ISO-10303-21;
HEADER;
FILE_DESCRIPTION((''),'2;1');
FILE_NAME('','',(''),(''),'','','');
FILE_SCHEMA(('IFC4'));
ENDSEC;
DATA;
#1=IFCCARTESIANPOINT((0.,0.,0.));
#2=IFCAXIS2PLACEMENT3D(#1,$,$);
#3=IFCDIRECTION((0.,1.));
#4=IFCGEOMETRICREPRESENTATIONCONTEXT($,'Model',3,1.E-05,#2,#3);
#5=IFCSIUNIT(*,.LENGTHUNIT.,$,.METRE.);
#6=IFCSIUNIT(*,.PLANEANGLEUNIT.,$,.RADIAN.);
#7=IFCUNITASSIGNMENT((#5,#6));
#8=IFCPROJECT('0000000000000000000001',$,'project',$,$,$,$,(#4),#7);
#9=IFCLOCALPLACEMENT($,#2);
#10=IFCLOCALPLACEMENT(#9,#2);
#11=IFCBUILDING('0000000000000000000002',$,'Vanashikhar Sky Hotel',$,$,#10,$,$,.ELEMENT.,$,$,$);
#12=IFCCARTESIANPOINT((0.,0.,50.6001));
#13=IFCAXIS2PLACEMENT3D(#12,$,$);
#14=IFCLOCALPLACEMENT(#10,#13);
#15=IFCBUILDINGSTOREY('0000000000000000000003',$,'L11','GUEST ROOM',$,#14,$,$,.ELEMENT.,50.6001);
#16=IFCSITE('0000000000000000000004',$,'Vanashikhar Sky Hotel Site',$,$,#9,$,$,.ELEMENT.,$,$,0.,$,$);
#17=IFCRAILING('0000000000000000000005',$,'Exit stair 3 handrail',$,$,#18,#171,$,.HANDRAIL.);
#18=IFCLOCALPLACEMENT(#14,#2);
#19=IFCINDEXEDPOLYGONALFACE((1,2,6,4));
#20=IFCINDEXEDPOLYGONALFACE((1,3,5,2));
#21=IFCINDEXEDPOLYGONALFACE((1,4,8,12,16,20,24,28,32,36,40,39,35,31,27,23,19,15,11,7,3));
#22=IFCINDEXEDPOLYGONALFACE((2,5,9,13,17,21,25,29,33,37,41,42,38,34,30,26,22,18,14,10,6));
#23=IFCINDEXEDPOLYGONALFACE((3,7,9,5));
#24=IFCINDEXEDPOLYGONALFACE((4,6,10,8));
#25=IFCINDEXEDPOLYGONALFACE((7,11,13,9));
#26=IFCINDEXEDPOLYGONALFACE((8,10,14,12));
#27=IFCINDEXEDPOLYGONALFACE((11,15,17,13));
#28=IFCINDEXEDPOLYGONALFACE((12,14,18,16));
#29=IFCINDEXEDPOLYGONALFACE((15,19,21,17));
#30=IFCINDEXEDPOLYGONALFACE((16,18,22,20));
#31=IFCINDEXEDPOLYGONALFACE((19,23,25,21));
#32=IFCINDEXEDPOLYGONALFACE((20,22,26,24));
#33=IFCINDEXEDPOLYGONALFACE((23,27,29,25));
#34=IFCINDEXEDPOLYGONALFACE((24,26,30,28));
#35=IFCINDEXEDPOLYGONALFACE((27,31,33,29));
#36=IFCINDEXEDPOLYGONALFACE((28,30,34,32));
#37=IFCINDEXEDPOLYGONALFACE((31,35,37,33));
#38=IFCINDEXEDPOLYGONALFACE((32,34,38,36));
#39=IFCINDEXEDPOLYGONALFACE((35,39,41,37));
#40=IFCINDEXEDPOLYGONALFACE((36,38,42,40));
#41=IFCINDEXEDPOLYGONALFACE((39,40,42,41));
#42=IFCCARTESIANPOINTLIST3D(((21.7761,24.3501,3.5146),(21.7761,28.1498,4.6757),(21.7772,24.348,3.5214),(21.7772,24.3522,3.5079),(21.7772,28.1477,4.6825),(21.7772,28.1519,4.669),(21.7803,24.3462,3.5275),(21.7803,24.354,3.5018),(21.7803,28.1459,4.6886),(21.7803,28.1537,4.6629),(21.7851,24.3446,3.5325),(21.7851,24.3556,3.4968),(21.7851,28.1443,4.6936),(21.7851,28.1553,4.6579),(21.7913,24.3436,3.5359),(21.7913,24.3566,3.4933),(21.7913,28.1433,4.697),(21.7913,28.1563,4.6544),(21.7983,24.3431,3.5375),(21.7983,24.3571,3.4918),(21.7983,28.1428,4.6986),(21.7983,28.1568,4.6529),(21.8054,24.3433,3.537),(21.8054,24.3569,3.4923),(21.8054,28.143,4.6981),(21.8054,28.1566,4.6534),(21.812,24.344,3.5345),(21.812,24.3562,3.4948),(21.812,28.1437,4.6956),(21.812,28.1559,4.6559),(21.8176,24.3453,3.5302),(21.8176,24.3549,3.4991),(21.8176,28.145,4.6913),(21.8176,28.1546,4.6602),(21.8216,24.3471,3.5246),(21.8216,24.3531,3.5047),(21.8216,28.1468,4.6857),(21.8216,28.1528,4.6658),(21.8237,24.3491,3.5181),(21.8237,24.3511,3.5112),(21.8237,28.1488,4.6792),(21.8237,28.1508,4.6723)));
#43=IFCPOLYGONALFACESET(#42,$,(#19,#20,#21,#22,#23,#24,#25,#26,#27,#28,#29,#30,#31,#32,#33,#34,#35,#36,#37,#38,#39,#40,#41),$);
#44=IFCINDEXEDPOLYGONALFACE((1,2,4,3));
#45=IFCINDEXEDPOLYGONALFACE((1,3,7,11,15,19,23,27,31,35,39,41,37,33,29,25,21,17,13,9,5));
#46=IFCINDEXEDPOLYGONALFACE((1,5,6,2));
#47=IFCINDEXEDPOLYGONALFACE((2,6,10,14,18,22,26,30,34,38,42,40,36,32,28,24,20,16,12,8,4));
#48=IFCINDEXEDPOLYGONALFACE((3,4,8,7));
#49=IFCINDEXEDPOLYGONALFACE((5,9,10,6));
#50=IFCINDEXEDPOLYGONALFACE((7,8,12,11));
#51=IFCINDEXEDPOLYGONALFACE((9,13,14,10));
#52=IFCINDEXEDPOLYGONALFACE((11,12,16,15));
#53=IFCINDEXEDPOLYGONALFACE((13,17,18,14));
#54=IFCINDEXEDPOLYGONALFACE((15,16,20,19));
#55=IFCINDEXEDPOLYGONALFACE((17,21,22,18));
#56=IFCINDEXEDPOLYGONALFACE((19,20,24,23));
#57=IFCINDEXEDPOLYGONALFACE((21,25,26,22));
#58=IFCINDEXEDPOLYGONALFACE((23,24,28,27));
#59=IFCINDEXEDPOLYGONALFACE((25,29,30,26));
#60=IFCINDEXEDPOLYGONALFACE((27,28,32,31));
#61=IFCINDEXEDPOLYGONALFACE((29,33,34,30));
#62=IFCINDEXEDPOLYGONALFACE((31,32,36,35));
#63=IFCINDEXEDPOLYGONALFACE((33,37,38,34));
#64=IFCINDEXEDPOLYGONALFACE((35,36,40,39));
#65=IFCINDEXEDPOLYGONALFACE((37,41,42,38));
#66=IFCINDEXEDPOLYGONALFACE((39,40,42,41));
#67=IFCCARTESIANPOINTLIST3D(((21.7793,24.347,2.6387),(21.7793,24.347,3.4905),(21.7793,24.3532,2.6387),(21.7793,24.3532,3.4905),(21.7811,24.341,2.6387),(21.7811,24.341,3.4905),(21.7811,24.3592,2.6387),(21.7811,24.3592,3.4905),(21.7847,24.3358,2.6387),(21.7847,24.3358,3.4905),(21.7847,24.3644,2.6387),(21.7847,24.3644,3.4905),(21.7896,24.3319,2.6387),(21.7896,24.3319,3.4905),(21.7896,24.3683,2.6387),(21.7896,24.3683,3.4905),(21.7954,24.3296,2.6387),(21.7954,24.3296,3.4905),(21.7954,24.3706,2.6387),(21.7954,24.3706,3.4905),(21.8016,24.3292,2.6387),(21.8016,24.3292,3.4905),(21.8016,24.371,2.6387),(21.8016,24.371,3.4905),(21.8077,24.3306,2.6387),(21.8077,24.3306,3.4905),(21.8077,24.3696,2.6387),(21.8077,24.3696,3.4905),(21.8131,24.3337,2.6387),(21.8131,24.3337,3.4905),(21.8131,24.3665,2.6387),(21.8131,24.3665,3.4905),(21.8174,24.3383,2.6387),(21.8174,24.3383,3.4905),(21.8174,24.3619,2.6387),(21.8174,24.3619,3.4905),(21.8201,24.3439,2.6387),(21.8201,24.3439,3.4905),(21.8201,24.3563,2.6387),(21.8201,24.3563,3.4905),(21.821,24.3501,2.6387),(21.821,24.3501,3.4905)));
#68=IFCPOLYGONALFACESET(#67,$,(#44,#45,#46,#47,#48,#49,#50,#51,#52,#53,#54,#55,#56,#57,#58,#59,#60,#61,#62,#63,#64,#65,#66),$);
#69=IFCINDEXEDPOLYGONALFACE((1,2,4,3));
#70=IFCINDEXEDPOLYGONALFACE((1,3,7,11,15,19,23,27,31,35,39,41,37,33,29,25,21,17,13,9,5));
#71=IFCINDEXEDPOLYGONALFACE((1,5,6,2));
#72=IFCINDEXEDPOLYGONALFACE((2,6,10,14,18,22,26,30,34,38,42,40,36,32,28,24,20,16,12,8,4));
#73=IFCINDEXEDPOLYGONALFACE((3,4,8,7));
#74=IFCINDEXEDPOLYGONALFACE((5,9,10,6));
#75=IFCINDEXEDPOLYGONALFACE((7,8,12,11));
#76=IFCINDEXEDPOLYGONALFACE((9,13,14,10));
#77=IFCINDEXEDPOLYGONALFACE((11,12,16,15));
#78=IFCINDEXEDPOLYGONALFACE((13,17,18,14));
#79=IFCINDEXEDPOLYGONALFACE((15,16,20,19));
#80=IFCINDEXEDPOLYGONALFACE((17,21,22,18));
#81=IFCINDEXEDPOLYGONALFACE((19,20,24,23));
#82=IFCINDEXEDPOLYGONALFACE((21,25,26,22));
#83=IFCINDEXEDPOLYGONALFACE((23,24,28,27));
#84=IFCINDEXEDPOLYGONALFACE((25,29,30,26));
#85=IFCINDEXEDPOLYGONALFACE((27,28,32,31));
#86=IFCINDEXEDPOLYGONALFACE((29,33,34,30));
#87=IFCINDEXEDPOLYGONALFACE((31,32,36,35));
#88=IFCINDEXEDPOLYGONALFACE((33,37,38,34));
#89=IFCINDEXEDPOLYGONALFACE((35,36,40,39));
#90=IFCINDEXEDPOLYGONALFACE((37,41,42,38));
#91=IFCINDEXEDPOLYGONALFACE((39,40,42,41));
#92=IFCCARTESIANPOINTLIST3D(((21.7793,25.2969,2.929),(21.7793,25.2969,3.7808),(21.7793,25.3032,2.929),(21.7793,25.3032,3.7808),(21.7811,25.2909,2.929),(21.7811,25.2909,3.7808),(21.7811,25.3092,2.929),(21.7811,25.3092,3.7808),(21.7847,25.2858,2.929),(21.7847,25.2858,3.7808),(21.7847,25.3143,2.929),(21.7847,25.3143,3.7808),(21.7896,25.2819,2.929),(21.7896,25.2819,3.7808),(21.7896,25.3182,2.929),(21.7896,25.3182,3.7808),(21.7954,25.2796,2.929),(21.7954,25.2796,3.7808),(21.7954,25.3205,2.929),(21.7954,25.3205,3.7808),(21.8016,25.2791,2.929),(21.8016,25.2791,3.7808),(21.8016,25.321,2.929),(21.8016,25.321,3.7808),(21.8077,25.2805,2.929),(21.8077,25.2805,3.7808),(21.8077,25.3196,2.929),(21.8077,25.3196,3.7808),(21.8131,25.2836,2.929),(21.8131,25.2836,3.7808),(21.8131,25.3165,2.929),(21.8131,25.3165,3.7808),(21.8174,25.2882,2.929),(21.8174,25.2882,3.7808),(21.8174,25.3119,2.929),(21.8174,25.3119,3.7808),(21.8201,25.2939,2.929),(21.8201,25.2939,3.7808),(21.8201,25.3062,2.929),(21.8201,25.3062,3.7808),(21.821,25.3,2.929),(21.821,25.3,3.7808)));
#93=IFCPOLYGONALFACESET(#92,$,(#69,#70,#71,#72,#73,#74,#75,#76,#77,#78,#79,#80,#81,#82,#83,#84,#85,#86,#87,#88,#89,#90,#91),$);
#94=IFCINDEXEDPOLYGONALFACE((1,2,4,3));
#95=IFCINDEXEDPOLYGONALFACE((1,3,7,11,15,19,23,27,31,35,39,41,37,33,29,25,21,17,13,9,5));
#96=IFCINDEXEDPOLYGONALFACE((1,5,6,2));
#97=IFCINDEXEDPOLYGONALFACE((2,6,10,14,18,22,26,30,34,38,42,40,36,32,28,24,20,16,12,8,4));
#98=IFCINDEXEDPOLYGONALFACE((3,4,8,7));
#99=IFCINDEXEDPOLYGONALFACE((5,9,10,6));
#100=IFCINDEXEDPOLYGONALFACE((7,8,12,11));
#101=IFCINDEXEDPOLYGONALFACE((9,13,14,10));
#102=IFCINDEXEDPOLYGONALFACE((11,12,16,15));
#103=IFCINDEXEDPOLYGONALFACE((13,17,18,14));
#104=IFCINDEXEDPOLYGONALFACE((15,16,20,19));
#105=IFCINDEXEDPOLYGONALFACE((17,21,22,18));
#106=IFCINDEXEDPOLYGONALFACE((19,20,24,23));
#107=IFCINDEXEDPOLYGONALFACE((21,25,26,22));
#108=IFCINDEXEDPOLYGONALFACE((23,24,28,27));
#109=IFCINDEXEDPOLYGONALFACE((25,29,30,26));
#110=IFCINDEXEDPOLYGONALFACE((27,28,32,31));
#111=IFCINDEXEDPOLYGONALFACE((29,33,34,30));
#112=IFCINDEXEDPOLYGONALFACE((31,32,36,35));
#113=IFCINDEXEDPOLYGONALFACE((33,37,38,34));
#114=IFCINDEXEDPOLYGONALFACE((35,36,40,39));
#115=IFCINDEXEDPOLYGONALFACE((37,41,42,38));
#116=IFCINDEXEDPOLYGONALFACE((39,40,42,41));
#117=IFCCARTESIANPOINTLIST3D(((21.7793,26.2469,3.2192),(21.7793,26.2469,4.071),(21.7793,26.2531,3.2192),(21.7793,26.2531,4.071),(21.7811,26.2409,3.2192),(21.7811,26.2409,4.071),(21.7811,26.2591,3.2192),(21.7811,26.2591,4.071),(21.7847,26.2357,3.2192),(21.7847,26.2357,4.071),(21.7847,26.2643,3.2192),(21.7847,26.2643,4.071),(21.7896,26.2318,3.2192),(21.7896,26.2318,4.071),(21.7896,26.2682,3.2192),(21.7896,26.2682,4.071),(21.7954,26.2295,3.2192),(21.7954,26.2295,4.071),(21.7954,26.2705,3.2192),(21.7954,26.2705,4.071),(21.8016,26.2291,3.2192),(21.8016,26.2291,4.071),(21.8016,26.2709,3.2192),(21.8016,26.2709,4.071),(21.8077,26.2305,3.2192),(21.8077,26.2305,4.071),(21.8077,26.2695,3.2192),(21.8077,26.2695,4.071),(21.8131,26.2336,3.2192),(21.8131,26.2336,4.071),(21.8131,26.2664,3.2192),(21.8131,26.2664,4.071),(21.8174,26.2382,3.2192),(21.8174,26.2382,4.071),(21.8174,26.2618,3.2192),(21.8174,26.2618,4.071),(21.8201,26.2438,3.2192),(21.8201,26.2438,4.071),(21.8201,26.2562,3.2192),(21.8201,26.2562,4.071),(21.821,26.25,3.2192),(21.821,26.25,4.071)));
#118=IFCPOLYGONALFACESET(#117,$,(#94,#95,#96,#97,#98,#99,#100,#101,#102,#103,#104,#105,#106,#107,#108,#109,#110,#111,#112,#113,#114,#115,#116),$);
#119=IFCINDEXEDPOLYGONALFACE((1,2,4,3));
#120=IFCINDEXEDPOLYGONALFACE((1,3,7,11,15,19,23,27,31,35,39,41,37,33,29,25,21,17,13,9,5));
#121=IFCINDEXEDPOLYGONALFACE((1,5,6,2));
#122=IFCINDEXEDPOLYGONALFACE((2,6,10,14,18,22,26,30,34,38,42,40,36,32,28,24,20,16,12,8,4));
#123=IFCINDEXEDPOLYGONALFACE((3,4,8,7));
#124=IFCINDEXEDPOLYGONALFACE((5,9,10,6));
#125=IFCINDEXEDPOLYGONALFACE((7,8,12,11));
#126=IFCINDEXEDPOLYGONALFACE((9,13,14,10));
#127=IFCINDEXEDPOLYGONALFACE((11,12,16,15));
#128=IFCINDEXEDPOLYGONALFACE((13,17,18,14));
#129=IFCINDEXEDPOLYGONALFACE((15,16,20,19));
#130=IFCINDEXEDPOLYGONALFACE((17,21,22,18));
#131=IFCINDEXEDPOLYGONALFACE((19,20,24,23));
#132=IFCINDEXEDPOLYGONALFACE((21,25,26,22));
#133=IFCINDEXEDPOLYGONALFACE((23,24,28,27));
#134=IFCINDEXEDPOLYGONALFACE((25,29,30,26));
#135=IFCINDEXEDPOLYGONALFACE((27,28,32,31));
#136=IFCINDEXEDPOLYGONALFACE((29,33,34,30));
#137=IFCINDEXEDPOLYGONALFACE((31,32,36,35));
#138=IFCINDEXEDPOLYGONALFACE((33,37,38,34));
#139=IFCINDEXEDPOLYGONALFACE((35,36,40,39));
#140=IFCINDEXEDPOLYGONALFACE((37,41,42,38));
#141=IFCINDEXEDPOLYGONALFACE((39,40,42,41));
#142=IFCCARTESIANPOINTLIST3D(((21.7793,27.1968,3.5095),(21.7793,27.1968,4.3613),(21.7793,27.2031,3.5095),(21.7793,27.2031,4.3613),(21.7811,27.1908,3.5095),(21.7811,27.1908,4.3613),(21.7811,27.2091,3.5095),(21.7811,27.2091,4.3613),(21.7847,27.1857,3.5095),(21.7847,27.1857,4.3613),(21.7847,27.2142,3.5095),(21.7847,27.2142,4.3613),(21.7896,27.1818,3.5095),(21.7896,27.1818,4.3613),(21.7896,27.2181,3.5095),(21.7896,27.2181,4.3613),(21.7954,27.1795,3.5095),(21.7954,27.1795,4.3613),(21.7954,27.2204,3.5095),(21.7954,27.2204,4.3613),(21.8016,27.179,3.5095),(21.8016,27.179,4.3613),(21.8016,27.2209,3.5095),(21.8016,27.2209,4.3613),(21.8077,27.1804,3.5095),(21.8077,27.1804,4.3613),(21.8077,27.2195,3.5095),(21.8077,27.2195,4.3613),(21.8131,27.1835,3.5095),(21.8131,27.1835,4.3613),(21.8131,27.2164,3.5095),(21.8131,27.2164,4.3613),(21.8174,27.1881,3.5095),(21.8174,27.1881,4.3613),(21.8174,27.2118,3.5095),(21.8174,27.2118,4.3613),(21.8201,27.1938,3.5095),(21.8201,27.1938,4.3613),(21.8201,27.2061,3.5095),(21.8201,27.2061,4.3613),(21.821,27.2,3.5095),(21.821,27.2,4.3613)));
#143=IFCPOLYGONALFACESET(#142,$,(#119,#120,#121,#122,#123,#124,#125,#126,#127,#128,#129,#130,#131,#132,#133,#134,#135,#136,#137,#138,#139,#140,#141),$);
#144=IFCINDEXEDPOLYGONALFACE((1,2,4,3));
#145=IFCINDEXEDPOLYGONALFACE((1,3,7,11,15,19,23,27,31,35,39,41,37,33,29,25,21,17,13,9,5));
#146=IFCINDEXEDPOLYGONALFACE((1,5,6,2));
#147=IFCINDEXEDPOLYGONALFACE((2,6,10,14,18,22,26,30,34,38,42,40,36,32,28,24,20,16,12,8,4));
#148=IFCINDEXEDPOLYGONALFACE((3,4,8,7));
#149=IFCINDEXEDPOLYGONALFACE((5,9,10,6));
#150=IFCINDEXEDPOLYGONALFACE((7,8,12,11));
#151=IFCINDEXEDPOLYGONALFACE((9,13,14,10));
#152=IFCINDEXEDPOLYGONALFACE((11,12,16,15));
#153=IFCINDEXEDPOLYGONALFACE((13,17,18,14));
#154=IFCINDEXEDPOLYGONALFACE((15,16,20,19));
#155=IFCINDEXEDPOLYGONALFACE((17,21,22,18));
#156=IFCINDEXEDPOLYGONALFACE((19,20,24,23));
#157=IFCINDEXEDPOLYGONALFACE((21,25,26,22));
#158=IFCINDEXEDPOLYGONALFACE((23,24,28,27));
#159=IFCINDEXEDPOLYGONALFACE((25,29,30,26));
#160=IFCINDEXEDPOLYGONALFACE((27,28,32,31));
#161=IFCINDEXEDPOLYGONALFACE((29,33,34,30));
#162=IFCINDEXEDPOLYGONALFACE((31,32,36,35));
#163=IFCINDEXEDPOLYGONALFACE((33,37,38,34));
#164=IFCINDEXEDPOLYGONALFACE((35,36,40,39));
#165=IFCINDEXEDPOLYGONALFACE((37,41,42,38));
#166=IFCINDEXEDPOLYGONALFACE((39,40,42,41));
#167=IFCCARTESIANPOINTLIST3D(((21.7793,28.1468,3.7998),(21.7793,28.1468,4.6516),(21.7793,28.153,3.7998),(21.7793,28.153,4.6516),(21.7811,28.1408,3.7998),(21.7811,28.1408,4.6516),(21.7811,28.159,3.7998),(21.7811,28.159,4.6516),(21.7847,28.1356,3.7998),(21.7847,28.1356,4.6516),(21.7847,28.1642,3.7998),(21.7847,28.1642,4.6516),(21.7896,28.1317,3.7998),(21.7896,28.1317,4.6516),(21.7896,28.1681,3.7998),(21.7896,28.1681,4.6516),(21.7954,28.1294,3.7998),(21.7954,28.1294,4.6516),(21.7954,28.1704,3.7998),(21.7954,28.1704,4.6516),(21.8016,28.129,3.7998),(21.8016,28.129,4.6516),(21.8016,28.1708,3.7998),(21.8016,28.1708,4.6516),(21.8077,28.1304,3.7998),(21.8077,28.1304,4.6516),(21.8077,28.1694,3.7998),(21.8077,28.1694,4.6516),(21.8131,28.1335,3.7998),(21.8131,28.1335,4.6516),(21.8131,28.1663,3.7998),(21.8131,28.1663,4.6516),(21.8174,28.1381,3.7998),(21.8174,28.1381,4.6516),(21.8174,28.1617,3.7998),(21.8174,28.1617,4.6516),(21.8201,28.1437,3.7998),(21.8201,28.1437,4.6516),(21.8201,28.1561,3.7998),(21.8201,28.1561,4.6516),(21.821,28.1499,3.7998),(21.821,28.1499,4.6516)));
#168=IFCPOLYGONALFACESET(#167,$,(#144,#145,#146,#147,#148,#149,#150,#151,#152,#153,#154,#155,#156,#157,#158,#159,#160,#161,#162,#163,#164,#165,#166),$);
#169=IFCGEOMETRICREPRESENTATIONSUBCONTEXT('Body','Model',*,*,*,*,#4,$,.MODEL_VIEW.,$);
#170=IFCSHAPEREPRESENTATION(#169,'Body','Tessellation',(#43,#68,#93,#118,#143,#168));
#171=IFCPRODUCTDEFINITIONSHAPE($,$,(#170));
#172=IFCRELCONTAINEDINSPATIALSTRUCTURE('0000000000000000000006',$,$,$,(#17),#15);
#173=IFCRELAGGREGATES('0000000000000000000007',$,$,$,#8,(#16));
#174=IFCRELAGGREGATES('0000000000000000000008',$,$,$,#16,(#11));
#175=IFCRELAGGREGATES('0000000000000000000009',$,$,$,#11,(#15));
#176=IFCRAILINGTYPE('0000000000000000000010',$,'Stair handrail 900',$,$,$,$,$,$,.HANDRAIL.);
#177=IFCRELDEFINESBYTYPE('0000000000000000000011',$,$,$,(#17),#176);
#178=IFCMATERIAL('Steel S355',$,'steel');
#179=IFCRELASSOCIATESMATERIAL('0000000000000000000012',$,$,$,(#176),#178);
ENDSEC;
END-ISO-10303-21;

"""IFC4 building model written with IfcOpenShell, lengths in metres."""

from ifc_helpers import new_model, si_unit, direction, frame, origin, origin_2d, place, context, subcontext, project, spatial, circle, extrude, source, transform, mapped, material, type_object, element, save


model = new_model("IFC4")

# Units and contexts
model_context = context("Model", 3, precision=1e-05, world=origin(), true_north=direction((0.0, 1.0)))
body_context = subcontext(model_context, "Body", "Model", "MODEL_VIEW")
ifc_project = project(units=[si_unit("LENGTHUNIT", "METRE"), si_unit("PLANEANGLEUNIT", "RADIAN")], contexts=[model_context])

# Site, building, storey
site_placement = place(None, origin())
site = spatial("IfcSite", under=ifc_project, at=site_placement, Name="Vanashikhar Sky Hotel Site", CompositionType="ELEMENT", RefElevation=0.0)
building_placement = place(site_placement, origin())
building = spatial("IfcBuilding", under=site, at=building_placement, Name="Vanashikhar Sky Hotel", CompositionType="ELEMENT")
storey_placement = place(building_placement, frame((0.0, 0.0, 50.6001)))
storey = spatial("IfcBuildingStorey", under=building, at=storey_placement, Name="L11", Description="GUEST ROOM", CompositionType="ELEMENT", Elevation=50.6001)

# Railing
ifc_material_1 = material(Name="Steel S355", Category="steel")
railing_type_1 = type_object("IfcRailingType", Name="Stair handrail 900", PredefinedType="HANDRAIL", material=ifc_material_1)
shared_shape_1 = source(origin(), body_context, "Body", "SweptSolid", [
    extrude(circle(Radius=0.0239, at=origin_2d()), frame((0.0, 0.0, 0.876), z_axis=(0.0, 0.956346, 0.292237), x_axis=(-1.0, 0.0, 0.0)), (0.0, 0.0, 1.0), 3.9731),
    extrude(circle(Radius=0.021, at=origin_2d()), origin(), (0.0, 0.0, 1.0), 0.8518),
    extrude(circle(Radius=0.021, at=origin_2d()), frame((0.0, 0.95, 0.2903)), (0.0, 0.0, 1.0), 0.8518),
    extrude(circle(Radius=0.021, at=origin_2d()), frame((0.0, 1.8999, 0.5806)), (0.0, 0.0, 1.0), 0.8518),
    extrude(circle(Radius=0.021, at=origin_2d()), frame((0.0, 2.8499, 0.8708)), (0.0, 0.0, 1.0), 0.8518),
    extrude(circle(Radius=0.021, at=origin_2d()), frame((0.0, 3.7998, 1.1611)), (0.0, 0.0, 1.0), 0.8518),
])
for number, where, name in (
    (1, (21.8, 24.3501, 2.6387), "Exit stair 3 handrail"),
):
    element("IfcRailing", number, at=place(storey_placement, frame(where)), inside=storey, type_object=railing_type_1, Name=name, PredefinedType="HANDRAIL", context=body_context, shape_type="MappedRepresentation", body=[
        mapped(shared_shape_1, transform((0.0, 0.0, 0.0), scale=1.0)),
    ])

save(model, "model.ifc")
